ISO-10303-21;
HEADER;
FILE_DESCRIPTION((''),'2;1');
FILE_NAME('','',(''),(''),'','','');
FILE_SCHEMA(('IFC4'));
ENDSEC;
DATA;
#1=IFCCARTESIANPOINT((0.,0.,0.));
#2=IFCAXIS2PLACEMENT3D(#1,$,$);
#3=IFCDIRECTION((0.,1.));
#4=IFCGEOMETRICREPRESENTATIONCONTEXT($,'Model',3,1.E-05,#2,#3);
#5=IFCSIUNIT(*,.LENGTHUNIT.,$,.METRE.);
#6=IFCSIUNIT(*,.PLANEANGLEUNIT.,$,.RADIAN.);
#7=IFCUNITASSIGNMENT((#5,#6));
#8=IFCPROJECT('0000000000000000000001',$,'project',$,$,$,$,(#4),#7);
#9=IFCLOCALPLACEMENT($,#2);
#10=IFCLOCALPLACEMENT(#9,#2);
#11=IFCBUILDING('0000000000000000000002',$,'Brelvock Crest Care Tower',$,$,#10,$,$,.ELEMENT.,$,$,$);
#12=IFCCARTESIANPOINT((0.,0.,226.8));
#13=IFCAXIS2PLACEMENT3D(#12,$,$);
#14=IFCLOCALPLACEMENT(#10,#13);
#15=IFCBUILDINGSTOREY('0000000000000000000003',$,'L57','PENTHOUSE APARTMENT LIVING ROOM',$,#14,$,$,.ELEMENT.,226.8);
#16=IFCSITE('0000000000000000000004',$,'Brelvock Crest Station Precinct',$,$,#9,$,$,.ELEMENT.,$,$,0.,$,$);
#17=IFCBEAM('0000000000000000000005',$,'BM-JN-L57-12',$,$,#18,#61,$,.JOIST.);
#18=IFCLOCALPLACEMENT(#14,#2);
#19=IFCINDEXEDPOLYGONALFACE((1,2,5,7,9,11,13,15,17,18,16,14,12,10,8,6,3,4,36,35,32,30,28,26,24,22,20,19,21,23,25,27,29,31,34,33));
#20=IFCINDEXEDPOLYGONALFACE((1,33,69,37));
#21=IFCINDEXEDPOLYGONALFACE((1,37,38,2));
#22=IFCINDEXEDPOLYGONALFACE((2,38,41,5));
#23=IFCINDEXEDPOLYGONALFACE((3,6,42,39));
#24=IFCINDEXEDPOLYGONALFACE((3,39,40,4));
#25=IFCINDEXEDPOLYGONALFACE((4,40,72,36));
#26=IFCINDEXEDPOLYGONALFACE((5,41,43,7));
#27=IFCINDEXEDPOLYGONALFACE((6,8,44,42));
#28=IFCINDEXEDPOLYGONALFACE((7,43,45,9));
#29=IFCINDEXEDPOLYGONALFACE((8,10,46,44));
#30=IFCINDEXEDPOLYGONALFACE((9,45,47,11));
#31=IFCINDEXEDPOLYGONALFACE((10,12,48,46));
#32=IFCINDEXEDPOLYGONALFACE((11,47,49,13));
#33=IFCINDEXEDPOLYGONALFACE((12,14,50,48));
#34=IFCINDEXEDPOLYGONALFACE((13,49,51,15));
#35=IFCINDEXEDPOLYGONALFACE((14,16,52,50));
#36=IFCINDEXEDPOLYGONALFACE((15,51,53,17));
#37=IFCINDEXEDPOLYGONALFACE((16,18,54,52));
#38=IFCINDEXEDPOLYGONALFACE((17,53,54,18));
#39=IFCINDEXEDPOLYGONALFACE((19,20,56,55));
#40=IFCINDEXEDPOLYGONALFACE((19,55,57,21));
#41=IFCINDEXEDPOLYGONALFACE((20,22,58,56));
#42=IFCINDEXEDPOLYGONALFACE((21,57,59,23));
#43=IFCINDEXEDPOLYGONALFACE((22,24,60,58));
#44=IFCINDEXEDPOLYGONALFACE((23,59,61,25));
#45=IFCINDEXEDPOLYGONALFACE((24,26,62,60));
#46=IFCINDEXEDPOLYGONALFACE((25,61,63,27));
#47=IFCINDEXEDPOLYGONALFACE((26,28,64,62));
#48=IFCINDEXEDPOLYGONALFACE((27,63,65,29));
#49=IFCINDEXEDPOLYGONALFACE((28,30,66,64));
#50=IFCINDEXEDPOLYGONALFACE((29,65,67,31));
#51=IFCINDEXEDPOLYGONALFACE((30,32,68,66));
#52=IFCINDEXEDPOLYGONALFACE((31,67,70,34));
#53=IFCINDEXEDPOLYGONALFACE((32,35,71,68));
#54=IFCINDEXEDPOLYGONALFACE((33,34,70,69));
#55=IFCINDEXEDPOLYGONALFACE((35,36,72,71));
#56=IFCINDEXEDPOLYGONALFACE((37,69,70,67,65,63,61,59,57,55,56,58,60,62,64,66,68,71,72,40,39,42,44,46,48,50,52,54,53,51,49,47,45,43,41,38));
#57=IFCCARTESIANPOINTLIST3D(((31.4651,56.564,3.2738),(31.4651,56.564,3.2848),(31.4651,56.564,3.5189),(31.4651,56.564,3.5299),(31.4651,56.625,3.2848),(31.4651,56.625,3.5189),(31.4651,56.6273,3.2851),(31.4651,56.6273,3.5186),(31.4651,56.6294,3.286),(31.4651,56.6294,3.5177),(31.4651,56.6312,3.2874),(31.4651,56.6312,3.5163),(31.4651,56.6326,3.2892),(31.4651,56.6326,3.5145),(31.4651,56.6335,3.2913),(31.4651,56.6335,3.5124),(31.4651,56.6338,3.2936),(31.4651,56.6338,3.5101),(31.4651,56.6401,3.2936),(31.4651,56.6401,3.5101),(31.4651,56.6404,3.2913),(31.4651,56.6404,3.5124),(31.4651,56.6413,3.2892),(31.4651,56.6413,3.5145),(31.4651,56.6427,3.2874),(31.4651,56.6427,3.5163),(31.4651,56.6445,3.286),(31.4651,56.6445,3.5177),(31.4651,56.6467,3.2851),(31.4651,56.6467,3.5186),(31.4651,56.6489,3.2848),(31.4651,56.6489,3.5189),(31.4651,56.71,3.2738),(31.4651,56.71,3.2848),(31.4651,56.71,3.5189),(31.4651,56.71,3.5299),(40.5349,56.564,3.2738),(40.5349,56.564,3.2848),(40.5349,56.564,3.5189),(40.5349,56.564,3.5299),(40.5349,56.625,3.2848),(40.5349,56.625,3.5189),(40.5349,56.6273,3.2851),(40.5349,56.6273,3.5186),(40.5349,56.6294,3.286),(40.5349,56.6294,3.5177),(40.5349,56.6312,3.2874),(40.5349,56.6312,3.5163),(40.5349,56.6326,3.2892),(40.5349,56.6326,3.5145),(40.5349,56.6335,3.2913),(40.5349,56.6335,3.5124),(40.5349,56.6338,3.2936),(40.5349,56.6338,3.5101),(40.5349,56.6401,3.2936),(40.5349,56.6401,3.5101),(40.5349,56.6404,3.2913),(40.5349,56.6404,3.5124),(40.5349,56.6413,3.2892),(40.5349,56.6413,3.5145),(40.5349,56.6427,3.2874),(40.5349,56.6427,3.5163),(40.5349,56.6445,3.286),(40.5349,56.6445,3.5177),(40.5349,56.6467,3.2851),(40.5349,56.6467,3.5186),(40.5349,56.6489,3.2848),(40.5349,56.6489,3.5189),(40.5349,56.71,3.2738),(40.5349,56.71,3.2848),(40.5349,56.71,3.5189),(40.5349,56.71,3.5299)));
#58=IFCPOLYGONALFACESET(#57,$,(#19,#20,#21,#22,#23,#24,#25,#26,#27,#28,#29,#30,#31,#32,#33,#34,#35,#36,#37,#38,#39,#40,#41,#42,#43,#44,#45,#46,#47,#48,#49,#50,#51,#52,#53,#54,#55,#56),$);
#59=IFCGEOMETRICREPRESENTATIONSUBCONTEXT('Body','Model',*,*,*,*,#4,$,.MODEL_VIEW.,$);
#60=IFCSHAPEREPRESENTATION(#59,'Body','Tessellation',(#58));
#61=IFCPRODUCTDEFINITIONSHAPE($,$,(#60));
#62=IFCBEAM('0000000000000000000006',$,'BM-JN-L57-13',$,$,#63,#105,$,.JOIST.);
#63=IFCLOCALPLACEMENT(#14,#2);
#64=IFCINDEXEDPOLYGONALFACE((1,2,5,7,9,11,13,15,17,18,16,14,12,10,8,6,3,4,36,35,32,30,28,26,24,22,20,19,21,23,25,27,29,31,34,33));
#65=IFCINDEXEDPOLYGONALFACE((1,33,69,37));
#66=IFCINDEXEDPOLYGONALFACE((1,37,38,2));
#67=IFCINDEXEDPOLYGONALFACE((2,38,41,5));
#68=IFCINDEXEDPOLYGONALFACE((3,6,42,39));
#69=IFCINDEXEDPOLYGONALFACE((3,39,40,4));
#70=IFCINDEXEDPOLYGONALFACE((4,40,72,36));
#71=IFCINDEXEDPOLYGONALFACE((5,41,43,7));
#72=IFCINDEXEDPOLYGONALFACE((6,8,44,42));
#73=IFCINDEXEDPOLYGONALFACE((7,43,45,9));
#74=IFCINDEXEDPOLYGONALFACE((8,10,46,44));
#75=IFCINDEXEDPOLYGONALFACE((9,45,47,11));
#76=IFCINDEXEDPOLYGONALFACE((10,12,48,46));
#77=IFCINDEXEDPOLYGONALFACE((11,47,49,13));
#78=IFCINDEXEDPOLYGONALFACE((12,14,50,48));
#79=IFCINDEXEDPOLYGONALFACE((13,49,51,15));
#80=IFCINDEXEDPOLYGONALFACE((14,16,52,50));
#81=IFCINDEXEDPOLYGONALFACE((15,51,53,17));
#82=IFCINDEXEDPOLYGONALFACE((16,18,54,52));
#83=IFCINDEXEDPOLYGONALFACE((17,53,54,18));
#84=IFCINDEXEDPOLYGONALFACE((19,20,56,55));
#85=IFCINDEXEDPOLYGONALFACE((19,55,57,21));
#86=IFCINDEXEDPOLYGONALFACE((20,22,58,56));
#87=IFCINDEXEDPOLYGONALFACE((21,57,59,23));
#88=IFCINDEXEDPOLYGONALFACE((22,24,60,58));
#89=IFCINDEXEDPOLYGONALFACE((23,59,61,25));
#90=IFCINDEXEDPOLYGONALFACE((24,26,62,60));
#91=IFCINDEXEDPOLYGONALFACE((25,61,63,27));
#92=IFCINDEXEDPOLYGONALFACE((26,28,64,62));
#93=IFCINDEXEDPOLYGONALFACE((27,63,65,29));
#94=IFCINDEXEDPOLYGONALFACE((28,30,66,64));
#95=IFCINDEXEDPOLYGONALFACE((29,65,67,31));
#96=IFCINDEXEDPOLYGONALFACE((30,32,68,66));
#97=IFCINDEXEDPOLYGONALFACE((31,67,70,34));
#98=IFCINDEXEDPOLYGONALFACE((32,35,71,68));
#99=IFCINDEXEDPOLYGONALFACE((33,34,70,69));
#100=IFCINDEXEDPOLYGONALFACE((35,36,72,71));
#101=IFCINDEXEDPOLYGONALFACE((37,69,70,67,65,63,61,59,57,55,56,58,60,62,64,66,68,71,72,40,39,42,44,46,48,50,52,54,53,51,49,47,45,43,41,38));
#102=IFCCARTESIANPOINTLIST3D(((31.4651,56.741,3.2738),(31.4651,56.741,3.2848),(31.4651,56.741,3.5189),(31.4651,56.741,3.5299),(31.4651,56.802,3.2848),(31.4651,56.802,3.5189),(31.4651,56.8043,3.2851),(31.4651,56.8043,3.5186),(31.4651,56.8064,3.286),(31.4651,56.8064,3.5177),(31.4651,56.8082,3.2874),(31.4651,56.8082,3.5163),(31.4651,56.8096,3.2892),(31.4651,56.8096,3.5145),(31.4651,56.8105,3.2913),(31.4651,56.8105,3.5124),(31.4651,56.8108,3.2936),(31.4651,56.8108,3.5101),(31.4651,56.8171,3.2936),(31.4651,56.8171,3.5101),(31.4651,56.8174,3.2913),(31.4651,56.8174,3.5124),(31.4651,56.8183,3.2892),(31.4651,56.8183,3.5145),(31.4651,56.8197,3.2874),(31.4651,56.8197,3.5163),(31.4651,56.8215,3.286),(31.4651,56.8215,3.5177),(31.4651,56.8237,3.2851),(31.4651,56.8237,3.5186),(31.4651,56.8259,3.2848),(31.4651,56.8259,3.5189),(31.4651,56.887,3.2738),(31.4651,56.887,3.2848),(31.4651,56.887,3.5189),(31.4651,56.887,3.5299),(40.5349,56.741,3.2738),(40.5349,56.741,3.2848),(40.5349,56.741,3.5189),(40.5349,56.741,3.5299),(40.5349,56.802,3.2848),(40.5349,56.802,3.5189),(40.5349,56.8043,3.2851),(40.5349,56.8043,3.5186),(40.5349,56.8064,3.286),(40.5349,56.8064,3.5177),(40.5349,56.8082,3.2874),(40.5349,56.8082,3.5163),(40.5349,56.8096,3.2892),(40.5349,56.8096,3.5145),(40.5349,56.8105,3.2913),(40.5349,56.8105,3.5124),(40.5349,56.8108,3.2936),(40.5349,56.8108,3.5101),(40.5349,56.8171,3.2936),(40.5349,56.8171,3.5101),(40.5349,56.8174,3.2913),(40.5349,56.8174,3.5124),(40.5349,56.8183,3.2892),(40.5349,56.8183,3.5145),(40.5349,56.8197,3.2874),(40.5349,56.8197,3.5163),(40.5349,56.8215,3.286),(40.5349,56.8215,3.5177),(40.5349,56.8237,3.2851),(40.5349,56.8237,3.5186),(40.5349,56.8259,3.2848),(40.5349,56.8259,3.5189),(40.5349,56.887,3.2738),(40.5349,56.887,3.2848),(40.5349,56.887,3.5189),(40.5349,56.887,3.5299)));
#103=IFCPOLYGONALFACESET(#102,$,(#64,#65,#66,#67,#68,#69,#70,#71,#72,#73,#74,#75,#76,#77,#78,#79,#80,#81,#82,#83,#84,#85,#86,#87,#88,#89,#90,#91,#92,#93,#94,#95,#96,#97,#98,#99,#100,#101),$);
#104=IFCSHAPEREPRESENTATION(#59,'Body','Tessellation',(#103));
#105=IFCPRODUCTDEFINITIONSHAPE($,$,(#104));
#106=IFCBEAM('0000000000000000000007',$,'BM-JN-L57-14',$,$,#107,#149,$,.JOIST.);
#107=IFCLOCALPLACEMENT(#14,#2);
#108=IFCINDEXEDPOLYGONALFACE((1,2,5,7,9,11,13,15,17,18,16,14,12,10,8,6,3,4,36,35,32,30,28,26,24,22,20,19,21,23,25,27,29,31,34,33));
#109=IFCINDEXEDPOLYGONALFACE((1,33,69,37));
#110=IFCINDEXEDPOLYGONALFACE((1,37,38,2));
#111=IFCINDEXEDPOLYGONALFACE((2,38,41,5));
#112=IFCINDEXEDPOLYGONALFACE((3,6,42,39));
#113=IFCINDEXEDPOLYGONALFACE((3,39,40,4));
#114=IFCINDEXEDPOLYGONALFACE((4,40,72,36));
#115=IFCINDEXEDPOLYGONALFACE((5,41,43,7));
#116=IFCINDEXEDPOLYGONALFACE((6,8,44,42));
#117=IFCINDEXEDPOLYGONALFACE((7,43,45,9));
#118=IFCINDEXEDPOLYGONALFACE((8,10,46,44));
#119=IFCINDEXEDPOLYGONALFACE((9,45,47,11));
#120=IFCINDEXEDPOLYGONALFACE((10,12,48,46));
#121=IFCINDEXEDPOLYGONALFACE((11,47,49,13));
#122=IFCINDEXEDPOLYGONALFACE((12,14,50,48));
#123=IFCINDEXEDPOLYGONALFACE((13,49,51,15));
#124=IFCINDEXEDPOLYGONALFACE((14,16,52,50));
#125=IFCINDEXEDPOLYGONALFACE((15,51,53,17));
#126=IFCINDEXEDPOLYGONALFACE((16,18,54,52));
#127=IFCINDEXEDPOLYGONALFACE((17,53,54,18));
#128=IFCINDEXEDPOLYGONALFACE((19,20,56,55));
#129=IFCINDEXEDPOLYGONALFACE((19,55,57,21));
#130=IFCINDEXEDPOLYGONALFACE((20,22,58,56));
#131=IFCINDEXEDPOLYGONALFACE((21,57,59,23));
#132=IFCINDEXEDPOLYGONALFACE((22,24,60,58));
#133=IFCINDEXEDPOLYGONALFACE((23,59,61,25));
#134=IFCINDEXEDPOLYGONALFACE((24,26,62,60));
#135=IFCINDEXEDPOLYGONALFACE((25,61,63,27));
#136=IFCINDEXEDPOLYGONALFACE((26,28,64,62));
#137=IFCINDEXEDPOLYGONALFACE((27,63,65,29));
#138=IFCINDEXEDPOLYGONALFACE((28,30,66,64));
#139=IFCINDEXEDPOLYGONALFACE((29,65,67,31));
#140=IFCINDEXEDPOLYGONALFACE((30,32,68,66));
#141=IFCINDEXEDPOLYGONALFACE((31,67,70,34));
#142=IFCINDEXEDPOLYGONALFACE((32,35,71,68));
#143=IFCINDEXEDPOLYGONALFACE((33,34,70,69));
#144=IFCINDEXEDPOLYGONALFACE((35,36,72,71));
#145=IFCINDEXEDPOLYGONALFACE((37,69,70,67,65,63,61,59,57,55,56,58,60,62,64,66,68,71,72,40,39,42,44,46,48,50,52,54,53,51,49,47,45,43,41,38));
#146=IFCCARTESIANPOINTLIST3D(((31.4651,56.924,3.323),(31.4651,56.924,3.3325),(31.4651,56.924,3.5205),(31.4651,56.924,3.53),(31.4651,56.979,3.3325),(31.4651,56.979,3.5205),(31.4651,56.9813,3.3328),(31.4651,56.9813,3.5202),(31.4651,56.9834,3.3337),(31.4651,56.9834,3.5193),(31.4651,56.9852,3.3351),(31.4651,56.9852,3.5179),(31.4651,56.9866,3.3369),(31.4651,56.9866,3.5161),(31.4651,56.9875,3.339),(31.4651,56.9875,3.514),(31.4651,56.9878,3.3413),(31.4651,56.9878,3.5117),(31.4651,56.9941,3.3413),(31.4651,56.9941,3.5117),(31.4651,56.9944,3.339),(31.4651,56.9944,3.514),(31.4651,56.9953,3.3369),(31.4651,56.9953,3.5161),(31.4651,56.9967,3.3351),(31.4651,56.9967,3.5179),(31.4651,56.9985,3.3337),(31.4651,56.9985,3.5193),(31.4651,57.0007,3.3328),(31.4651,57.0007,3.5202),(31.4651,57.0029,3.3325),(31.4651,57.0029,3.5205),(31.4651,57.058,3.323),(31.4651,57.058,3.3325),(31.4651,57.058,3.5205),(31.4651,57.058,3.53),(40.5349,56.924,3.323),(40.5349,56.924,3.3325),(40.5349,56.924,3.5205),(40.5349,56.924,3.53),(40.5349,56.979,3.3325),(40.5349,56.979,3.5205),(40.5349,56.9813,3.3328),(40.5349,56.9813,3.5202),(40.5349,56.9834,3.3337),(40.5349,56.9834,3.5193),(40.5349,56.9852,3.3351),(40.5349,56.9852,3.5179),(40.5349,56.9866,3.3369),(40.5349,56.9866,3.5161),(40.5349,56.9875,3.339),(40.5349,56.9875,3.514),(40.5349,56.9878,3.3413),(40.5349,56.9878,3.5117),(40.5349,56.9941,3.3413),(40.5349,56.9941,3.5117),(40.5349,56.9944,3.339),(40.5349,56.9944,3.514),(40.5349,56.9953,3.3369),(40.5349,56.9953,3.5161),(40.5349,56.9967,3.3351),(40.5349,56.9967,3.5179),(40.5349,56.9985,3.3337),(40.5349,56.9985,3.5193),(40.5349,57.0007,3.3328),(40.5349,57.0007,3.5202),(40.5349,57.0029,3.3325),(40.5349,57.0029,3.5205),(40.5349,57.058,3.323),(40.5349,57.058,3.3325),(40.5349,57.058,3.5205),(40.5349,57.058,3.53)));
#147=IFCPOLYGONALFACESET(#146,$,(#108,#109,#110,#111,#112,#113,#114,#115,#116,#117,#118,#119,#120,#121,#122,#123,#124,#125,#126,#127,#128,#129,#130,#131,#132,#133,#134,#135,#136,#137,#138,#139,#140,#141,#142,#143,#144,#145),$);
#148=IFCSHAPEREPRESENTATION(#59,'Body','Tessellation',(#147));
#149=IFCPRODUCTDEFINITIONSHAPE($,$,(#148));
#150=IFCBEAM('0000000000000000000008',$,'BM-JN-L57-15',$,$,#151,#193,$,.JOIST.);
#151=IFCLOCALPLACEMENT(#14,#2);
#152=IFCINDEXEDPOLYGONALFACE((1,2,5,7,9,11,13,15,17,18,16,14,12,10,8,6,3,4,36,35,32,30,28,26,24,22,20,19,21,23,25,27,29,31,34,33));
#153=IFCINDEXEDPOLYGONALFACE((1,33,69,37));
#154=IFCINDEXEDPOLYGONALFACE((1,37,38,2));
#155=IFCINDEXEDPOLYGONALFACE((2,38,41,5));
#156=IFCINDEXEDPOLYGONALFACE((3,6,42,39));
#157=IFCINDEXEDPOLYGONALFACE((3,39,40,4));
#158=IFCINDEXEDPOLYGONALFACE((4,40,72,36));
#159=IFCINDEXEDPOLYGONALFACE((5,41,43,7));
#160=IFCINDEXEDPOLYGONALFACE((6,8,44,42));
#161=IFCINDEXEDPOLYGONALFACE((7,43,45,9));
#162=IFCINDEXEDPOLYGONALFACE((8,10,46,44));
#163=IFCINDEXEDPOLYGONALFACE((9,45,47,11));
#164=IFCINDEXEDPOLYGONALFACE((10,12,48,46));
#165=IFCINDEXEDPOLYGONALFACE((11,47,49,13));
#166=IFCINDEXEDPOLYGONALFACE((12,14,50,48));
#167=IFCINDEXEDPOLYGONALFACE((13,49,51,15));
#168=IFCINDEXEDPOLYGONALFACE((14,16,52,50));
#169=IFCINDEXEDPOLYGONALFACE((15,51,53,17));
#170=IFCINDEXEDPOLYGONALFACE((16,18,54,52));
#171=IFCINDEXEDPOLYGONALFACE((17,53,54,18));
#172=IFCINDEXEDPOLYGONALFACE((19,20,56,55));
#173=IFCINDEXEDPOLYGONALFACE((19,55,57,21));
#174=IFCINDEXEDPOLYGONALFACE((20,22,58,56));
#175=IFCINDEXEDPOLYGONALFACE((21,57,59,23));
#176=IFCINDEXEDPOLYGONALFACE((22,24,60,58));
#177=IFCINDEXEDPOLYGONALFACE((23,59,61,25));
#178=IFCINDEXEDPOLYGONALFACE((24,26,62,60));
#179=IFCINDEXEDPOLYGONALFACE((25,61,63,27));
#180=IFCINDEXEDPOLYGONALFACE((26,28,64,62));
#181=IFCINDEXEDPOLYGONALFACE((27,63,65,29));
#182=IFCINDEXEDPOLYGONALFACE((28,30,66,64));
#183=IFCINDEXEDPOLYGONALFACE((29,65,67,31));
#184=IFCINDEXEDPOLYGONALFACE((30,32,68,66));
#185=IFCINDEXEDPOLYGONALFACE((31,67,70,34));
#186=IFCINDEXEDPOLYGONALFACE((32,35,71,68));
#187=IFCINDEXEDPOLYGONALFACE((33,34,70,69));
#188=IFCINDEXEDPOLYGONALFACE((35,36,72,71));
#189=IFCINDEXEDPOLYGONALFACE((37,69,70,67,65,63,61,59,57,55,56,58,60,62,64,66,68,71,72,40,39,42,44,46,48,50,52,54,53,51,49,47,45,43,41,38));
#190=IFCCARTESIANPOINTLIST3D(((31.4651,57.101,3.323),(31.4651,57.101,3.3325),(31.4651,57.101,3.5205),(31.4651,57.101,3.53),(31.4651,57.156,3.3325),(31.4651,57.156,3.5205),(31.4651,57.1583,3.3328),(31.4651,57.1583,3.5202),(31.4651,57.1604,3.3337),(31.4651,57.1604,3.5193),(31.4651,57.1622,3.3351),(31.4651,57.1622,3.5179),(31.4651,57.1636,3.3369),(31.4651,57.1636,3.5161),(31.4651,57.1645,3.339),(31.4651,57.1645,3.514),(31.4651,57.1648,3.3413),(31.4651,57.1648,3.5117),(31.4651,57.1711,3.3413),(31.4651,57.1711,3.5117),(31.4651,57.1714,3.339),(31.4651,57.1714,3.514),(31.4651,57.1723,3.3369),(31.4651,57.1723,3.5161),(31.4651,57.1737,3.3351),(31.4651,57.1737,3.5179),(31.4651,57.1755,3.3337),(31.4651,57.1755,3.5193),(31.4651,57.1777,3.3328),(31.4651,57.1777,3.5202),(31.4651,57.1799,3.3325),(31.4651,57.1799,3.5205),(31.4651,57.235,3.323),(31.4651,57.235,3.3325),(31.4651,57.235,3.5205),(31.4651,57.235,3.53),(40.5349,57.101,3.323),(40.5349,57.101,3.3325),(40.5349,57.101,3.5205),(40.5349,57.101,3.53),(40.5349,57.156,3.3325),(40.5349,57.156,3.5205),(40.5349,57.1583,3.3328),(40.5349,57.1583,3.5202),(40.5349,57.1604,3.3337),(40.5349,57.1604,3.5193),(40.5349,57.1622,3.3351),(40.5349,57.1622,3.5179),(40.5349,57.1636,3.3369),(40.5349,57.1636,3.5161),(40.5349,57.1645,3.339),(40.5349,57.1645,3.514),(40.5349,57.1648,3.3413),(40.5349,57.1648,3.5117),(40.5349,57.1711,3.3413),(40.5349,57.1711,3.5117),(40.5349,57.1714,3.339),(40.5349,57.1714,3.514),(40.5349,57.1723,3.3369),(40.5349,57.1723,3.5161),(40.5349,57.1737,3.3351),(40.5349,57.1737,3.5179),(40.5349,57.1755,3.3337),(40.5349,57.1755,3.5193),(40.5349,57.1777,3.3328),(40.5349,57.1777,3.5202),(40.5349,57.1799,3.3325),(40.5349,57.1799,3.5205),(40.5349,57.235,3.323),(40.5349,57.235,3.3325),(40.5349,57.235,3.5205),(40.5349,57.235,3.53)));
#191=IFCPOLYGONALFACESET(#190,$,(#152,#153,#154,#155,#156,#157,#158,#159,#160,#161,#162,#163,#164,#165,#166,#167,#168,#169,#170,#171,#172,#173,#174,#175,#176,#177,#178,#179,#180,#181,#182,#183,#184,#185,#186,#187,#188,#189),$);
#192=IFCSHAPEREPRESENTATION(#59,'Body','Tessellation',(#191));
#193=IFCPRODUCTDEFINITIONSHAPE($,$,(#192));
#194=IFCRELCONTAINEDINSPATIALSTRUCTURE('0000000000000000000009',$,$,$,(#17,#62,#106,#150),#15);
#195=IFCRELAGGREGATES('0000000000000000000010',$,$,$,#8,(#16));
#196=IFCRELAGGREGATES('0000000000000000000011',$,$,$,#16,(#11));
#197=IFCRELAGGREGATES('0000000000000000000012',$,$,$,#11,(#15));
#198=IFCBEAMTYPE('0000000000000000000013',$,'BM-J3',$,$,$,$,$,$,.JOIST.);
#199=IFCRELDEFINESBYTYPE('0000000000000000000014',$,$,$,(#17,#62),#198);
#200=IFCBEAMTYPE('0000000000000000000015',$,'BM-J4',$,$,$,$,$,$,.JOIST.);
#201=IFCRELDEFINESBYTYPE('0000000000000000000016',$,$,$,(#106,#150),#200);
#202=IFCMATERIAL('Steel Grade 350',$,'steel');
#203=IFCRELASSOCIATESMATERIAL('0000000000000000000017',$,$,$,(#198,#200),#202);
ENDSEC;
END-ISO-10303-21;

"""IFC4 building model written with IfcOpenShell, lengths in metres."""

from ifc_helpers import new_model, si_unit, direction, frame, origin, origin_2d, place, context, subcontext, project, spatial, i_section, extrude, source, transform, mapped, material, material_profile, profile_set, type_object, element, save


model = new_model("IFC4")

# Units and contexts
model_context = context("Model", 3, precision=1e-05, world=origin(), true_north=direction((0.0, 1.0)))
body_context = subcontext(model_context, "Body", "Model", "MODEL_VIEW")
ifc_project = project(units=[si_unit("LENGTHUNIT", "METRE"), si_unit("PLANEANGLEUNIT", "RADIAN")], contexts=[model_context])

# Site, building, storey
site_placement = place(None, origin())
site = spatial("IfcSite", under=ifc_project, at=site_placement, Name="Brelvock Crest Station Precinct", CompositionType="ELEMENT", RefElevation=0.0)
building_placement = place(site_placement, origin())
building = spatial("IfcBuilding", under=site, at=building_placement, Name="Brelvock Crest Care Tower", CompositionType="ELEMENT")
storey_placement = place(building_placement, frame((0.0, 0.0, 226.8)))
storey = spatial("IfcBuildingStorey", under=building, at=storey_placement, Name="L57", Description="PENTHOUSE APARTMENT LIVING ROOM", CompositionType="ELEMENT", Elevation=226.8)

# Shared definitions
ifc_material_1 = material(Name="Steel Grade 350", Category="steel")

# Beams
ifc_material_profile_1 = material_profile(ifc_material_1, i_section(OverallWidth=0.146, OverallDepth=0.2561, WebThickness=0.0063, FlangeThickness=0.011, FilletRadius=0.0088, at=origin_2d()), Name="250UB37.3")
ifc_profile_set_1 = profile_set([ifc_material_profile_1], Name="Steel Grade 350")
beam_type_1 = type_object("IfcBeamType", Name="BM-J3", PredefinedType="JOIST", material=ifc_profile_set_1)
shared_shape_1 = source(origin(), body_context, "Body", "SweptSolid", [
    extrude(i_section(OverallWidth=0.146, OverallDepth=0.2561, WebThickness=0.0063, FlangeThickness=0.011, FilletRadius=0.0088, at=origin_2d()), origin(), (0.0, 0.0, 1.0), 9.0698),
])
for number, where, z_axis, x_axis, name in (
    (1, (31.4651, 56.637, 3.4019), (1.0, 0.0, 0.0), (0.0, 1.0, 0.0), "BM-JN-L57-12"),
    (2, (31.4651, 56.814, 3.4019), (1.0, 0.0, 0.0), (0.0, 1.0, 0.0), "BM-JN-L57-13"),
):
    element("IfcBeam", number, at=place(storey_placement, frame(where, z_axis=z_axis, x_axis=x_axis)), inside=storey, type_object=beam_type_1, Name=name, PredefinedType="JOIST", context=body_context, shape_type="MappedRepresentation", body=[
        mapped(shared_shape_1, transform((0.0, 0.0, 0.0), x_axis=(1.0, 0.0, 0.0), y_axis=(0.0, 1.0, 0.0), z_axis=(0.0, 0.0, 1.0), scale=1.0)),
    ])
ifc_material_profile_2 = material_profile(ifc_material_1, i_section(OverallWidth=0.134, OverallDepth=0.207, WebThickness=0.0063, FlangeThickness=0.0095, FilletRadius=0.0088, at=origin_2d()), Name="200UB29.8")
ifc_profile_set_2 = profile_set([ifc_material_profile_2], Name="Steel Grade 350")
beam_type_2 = type_object("IfcBeamType", Name="BM-J4", PredefinedType="JOIST", material=ifc_profile_set_2)
shared_shape_2 = source(origin(), body_context, "Body", "SweptSolid", [
    extrude(i_section(OverallWidth=0.134, OverallDepth=0.207, WebThickness=0.0063, FlangeThickness=0.0095, FilletRadius=0.0088, at=origin_2d()), origin(), (0.0, 0.0, 1.0), 9.0698),
])
for number, where, z_axis, x_axis, name in (
    (3, (31.4651, 56.991, 3.4265), (1.0, 0.0, 0.0), (0.0, 1.0, 0.0), "BM-JN-L57-14"),
    (4, (31.4651, 57.168, 3.4265), (1.0, 0.0, 0.0), (0.0, 1.0, 0.0), "BM-JN-L57-15"),
):
    element("IfcBeam", number, at=place(storey_placement, frame(where, z_axis=z_axis, x_axis=x_axis)), inside=storey, type_object=beam_type_2, Name=name, PredefinedType="JOIST", context=body_context, shape_type="MappedRepresentation", body=[
        mapped(shared_shape_2, transform((0.0, 0.0, 0.0), x_axis=(1.0, 0.0, 0.0), y_axis=(0.0, 1.0, 0.0), z_axis=(0.0, 0.0, 1.0), scale=1.0)),
    ])

save(model, "model.ifc")
